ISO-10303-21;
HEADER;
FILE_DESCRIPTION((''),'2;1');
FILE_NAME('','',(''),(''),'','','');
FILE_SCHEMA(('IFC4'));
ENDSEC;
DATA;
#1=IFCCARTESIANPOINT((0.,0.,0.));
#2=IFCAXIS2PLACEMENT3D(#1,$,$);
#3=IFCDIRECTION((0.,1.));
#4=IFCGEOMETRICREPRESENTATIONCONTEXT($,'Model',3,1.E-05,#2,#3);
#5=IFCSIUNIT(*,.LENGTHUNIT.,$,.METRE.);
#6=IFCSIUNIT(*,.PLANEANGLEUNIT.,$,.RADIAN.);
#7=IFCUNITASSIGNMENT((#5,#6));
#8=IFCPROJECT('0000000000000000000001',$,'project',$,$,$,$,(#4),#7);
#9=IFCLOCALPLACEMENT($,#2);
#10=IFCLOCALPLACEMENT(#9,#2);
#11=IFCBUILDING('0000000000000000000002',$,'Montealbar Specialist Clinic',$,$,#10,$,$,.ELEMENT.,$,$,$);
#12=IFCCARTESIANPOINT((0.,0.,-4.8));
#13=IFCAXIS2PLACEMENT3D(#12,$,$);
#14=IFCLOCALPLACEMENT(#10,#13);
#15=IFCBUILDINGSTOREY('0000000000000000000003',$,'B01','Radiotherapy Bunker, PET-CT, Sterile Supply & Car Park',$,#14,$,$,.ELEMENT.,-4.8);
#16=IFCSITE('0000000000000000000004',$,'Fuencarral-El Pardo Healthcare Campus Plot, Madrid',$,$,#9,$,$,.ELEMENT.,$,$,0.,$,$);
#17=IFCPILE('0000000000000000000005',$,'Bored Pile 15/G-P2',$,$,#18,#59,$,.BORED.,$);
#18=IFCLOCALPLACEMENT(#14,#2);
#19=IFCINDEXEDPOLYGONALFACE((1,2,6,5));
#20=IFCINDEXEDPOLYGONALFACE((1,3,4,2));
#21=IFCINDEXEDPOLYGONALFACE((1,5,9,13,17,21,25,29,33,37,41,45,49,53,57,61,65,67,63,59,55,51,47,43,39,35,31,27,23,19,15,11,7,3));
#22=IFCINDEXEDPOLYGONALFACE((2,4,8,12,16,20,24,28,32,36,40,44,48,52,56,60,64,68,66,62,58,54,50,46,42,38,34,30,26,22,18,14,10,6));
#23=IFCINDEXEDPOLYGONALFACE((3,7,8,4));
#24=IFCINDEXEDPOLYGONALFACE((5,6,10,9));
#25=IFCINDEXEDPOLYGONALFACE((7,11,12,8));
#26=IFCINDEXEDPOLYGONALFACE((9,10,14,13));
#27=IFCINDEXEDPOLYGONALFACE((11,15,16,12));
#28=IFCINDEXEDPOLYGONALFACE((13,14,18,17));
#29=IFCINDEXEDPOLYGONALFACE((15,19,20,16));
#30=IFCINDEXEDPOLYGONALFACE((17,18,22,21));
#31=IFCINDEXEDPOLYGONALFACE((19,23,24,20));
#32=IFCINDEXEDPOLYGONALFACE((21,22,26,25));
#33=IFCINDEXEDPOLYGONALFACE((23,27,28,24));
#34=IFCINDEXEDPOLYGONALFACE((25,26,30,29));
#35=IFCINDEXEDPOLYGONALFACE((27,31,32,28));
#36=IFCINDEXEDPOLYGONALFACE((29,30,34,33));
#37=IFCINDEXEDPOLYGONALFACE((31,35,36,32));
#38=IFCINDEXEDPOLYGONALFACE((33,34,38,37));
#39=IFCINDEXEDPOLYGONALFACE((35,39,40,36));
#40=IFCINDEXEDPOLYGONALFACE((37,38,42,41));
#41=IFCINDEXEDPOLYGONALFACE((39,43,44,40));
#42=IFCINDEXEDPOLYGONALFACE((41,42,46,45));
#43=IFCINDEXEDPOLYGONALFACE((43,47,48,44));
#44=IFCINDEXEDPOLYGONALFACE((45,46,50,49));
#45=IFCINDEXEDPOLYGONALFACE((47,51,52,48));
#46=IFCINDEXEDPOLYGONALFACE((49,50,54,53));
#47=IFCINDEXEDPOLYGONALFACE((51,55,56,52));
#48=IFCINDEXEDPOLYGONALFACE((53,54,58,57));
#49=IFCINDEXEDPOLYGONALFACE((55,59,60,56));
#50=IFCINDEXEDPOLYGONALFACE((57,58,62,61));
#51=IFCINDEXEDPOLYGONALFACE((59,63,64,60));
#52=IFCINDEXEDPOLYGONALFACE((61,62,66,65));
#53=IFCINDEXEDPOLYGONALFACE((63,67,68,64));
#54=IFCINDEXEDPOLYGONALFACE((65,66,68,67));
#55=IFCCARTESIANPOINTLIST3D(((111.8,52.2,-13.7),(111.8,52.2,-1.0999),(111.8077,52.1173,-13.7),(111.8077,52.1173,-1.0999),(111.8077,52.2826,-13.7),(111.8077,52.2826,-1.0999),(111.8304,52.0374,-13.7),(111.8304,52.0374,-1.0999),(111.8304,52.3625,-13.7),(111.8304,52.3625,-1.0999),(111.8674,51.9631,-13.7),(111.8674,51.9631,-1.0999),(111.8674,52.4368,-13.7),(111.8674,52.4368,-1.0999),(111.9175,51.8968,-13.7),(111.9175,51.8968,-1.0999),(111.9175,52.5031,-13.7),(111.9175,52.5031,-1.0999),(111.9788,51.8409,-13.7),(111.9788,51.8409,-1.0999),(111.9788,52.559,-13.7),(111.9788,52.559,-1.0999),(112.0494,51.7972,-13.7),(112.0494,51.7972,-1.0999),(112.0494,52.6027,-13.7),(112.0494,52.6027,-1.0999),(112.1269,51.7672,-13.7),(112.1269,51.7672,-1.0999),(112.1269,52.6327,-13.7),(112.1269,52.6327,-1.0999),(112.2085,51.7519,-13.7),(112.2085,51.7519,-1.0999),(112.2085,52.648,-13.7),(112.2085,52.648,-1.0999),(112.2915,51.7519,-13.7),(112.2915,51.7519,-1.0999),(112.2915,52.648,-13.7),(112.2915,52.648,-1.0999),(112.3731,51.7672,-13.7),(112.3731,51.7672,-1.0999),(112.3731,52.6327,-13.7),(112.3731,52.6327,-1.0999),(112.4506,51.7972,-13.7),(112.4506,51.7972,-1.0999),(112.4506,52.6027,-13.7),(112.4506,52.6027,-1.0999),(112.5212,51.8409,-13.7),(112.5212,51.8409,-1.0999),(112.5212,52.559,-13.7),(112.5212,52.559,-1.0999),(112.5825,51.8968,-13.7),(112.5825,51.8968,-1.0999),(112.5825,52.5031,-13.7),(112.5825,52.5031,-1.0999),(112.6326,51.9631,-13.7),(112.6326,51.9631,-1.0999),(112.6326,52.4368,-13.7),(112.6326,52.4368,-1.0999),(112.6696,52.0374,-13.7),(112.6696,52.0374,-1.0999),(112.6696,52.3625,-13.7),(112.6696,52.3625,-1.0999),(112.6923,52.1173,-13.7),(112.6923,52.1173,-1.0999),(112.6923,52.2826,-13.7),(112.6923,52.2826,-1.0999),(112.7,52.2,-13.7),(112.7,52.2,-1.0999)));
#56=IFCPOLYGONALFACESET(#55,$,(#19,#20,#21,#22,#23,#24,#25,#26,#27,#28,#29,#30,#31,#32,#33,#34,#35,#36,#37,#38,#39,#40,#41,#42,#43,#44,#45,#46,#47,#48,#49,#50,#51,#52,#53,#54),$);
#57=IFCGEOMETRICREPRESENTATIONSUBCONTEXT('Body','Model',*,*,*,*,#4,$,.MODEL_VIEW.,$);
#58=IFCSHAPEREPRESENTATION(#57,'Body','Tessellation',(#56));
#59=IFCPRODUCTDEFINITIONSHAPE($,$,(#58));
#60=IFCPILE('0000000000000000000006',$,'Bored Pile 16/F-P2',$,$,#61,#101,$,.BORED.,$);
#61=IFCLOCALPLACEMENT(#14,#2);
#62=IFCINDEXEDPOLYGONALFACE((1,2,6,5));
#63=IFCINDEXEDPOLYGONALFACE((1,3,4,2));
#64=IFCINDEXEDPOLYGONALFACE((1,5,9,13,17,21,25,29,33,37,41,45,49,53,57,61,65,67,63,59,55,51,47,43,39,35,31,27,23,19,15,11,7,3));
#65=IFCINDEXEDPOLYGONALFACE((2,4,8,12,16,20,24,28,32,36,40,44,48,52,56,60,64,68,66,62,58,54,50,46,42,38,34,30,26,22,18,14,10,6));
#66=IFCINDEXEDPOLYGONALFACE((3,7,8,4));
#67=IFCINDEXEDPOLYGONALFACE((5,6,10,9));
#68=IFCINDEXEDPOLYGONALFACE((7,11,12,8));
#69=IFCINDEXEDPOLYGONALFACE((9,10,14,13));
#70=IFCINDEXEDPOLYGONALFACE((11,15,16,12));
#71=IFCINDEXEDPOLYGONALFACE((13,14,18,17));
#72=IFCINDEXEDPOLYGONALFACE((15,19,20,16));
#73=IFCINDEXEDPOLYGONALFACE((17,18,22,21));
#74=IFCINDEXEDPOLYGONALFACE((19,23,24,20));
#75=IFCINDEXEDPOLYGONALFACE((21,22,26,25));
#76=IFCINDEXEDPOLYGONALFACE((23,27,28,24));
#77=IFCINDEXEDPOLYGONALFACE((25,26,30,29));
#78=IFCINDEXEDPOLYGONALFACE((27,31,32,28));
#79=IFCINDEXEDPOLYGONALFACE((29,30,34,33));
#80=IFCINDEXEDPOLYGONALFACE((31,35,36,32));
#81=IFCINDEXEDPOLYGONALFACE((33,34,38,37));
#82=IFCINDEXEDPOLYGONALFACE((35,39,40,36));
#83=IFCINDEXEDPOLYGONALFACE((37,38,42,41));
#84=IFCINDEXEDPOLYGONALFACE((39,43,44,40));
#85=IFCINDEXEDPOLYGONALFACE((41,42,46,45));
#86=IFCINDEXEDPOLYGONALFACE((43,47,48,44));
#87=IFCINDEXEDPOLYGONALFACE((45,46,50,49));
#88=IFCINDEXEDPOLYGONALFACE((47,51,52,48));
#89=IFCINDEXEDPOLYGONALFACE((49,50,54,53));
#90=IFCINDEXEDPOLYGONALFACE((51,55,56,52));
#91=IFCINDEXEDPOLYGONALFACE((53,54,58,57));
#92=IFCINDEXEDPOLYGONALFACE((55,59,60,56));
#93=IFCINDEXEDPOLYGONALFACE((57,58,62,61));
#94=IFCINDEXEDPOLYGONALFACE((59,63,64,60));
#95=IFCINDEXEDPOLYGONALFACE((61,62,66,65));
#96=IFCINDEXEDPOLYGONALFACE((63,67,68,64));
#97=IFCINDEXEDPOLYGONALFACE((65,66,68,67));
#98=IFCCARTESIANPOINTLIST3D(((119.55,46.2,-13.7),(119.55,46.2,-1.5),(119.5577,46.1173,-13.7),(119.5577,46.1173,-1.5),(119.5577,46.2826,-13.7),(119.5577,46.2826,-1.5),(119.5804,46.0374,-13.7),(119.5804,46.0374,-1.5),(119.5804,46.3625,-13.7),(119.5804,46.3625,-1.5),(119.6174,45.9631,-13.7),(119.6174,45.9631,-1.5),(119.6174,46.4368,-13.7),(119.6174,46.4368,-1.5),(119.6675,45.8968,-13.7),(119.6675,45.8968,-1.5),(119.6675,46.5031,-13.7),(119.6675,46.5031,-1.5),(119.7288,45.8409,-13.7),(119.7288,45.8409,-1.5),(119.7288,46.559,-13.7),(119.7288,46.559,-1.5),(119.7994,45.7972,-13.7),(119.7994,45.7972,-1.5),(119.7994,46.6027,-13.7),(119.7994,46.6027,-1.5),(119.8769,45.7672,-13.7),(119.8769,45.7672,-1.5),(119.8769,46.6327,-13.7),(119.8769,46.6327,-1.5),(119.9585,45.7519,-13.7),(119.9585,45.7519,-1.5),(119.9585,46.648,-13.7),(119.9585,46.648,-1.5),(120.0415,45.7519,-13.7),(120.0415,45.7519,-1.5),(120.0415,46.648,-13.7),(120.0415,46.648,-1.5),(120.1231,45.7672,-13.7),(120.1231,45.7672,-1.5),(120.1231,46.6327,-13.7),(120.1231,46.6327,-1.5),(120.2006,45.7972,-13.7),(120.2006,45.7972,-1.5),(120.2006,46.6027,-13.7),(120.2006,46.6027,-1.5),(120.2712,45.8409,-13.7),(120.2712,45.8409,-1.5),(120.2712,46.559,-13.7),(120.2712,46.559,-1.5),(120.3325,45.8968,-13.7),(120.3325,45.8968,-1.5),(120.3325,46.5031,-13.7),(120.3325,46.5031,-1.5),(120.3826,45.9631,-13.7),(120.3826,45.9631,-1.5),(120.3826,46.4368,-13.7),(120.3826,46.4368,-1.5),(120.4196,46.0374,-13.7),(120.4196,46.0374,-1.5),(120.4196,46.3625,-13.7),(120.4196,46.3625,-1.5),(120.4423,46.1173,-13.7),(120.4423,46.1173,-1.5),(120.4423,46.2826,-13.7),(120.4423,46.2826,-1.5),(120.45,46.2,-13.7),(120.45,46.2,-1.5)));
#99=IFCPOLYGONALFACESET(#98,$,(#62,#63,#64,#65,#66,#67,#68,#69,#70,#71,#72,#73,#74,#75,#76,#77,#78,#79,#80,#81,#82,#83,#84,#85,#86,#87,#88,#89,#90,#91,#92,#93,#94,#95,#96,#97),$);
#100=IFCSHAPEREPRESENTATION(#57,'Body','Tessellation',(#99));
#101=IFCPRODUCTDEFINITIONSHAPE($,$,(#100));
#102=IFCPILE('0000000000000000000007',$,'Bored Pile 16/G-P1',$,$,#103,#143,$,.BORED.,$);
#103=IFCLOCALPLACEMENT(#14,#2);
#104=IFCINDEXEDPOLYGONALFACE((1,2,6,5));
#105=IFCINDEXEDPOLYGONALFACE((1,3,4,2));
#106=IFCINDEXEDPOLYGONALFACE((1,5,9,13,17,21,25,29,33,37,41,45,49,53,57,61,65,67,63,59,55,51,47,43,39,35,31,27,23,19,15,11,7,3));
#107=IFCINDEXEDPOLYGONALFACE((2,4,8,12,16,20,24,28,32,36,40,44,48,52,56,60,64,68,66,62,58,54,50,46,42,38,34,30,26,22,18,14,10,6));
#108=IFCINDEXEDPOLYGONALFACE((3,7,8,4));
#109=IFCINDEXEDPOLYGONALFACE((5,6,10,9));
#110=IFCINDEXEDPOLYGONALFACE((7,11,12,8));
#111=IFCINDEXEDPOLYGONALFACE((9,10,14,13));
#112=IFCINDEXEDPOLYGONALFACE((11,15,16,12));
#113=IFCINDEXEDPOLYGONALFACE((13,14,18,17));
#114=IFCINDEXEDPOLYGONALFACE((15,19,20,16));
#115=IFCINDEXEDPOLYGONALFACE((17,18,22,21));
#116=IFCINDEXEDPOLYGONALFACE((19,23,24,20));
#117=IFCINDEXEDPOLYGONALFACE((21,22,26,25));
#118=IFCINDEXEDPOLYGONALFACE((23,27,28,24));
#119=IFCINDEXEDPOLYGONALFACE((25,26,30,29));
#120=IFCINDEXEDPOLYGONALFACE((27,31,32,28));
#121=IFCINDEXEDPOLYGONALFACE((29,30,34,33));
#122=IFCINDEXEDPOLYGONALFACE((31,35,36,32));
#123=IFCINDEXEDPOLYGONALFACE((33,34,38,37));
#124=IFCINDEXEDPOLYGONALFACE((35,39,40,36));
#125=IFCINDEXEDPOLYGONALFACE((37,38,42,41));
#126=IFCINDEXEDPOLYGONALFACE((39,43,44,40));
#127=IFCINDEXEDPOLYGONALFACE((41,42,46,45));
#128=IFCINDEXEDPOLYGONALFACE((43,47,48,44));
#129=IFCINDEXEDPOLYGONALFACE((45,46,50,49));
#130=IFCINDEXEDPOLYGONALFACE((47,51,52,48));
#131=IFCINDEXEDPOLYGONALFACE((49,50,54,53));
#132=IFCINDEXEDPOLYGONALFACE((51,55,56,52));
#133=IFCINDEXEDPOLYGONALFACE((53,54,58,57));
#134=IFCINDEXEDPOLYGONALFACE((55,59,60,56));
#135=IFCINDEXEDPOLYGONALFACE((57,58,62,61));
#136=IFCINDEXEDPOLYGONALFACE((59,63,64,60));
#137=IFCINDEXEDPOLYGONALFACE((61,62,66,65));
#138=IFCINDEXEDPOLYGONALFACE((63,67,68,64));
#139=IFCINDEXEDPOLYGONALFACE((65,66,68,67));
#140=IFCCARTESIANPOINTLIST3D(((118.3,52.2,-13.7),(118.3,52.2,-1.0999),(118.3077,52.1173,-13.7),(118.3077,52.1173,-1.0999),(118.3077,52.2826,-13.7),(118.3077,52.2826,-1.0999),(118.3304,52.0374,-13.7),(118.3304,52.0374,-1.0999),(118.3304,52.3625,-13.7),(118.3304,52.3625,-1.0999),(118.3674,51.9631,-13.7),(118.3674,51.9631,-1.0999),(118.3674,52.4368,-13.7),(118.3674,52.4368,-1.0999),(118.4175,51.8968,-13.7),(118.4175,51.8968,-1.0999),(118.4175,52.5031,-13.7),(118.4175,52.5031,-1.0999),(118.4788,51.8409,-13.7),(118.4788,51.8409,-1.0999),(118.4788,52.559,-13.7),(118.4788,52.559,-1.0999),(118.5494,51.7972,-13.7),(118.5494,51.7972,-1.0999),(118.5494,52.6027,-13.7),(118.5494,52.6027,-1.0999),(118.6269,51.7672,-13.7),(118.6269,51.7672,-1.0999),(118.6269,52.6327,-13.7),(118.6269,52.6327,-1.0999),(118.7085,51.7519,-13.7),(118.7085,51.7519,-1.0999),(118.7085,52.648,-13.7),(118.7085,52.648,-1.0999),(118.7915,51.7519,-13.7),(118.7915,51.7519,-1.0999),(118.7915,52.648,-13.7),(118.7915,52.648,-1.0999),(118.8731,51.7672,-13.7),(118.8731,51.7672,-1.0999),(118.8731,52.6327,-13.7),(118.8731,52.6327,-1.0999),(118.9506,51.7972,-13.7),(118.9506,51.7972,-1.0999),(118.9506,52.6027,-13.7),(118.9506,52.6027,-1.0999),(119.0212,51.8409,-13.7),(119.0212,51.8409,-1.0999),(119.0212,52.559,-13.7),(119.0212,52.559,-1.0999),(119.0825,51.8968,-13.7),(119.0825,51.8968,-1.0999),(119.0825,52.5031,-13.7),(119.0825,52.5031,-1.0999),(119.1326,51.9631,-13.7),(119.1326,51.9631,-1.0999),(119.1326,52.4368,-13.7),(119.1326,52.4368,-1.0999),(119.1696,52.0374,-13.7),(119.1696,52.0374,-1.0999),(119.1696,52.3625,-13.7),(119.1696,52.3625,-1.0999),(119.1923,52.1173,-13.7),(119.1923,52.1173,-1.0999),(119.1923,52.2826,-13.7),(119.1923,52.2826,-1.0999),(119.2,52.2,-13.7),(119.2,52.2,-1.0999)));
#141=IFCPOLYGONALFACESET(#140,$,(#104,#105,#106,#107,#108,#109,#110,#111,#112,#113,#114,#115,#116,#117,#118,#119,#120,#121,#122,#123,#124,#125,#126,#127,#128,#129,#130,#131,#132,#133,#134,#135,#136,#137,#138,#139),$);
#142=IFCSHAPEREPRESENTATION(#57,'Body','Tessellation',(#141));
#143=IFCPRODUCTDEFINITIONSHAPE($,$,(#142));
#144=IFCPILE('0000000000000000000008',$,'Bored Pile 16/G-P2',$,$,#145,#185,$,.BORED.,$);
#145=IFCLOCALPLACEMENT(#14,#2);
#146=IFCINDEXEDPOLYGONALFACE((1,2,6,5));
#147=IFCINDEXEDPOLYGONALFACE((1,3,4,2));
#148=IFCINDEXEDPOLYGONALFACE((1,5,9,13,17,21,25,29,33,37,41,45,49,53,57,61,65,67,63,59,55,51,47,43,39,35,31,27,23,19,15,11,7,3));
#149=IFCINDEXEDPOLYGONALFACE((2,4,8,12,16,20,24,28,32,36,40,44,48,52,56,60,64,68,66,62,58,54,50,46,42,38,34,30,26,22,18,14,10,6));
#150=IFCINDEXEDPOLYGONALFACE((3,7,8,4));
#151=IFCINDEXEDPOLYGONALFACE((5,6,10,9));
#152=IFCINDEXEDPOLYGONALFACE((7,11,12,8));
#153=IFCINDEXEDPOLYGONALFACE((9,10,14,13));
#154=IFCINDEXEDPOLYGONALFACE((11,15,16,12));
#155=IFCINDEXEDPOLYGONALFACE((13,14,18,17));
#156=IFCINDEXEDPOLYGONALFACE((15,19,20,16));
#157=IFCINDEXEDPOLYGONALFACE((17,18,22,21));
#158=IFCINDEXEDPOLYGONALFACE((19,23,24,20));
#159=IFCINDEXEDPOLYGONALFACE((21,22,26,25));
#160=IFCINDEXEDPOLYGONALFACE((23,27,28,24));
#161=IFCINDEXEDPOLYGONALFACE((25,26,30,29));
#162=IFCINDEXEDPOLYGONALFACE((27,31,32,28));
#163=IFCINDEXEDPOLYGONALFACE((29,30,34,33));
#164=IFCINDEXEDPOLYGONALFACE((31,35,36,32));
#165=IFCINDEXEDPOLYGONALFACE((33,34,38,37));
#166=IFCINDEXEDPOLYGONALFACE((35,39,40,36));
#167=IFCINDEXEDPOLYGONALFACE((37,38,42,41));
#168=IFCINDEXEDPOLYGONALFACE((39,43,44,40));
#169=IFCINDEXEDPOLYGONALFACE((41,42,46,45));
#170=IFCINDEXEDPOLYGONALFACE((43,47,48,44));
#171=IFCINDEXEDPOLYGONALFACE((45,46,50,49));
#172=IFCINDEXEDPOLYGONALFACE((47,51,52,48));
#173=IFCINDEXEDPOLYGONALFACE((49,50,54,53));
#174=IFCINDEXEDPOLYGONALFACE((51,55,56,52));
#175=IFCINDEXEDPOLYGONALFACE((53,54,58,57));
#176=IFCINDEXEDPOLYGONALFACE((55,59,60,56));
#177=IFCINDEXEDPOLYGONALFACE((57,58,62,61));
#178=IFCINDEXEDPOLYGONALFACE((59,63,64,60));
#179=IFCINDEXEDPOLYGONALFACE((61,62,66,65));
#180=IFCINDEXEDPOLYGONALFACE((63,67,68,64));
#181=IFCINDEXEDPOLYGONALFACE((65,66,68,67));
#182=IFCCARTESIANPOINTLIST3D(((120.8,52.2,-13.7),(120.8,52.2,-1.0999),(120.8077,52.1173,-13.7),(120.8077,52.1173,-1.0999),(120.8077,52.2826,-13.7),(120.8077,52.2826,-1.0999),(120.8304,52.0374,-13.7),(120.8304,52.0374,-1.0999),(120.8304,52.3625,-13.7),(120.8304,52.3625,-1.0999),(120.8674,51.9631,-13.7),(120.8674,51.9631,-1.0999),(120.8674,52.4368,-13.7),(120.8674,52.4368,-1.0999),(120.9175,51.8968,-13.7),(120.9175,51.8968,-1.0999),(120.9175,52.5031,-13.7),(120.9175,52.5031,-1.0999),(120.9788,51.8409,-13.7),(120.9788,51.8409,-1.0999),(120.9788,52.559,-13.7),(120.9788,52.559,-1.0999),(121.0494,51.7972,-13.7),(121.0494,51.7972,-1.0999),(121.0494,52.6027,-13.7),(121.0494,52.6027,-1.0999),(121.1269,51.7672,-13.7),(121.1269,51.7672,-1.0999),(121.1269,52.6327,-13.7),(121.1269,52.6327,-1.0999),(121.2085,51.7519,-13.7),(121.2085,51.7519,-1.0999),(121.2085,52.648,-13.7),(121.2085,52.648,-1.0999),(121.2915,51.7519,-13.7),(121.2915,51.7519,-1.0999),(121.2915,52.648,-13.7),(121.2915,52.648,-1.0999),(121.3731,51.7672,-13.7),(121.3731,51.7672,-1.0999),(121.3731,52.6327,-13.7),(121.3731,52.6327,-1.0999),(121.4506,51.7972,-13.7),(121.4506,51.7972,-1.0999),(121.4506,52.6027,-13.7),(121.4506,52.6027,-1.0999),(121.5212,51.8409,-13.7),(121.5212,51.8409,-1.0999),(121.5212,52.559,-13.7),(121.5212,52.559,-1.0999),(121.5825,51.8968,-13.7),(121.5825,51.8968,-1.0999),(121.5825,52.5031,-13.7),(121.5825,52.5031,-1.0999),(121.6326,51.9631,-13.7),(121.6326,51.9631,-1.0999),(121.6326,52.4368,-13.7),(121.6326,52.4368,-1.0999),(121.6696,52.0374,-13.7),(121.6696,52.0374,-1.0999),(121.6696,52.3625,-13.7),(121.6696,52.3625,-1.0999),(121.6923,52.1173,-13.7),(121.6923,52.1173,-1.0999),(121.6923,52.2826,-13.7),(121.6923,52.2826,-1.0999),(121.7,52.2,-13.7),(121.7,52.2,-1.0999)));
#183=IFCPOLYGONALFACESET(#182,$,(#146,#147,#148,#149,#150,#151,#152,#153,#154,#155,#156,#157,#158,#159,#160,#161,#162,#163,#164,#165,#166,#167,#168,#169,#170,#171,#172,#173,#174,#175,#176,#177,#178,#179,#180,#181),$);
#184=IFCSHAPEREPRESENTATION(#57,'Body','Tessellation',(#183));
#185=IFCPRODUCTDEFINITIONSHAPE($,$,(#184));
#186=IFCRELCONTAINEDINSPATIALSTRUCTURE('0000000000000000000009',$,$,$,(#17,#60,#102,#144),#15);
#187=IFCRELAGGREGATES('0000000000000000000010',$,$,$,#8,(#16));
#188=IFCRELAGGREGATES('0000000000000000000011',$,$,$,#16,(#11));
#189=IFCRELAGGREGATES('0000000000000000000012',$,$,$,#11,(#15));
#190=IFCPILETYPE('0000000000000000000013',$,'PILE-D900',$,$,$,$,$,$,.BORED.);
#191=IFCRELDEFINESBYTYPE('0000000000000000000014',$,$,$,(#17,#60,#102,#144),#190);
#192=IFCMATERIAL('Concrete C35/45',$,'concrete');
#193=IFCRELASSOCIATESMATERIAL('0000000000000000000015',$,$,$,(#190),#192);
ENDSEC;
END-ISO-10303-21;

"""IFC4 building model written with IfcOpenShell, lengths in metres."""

from ifc_helpers import new_model, si_unit, direction, frame, origin, origin_2d, place, context, subcontext, project, spatial, circle, extrude, material, material_profile, profile_set, type_object, element, save


model = new_model("IFC4")

# Units and contexts
model_context = context("Model", 3, precision=1e-05, world=origin(), true_north=direction((0.0, 1.0)))
body_context = subcontext(model_context, "Body", "Model", "MODEL_VIEW")
ifc_project = project(units=[si_unit("LENGTHUNIT", "METRE"), si_unit("PLANEANGLEUNIT", "RADIAN")], contexts=[model_context])

# Site, building, storey
site_placement = place(None, origin())
site = spatial("IfcSite", under=ifc_project, at=site_placement, Name="Fuencarral-El Pardo Healthcare Campus Plot, Madrid", CompositionType="ELEMENT", RefElevation=0.0)
building_placement = place(site_placement, origin())
building = spatial("IfcBuilding", under=site, at=building_placement, Name="Montealbar Specialist Clinic", CompositionType="ELEMENT")
storey_placement = place(building_placement, frame((0.0, 0.0, -4.8)))
storey = spatial("IfcBuildingStorey", under=building, at=storey_placement, Name="B01", Description="Radiotherapy Bunker, PET-CT, Sterile Supply & Car Park", CompositionType="ELEMENT", Elevation=-4.8)

# Shared definitions
ifc_material_1 = material(Name="Concrete C35/45", Category="concrete")

# Piles
ifc_material_profile_1 = material_profile(ifc_material_1, circle(Radius=0.45, at=origin_2d()), Name="PILE D900", Category="concrete")
ifc_profile_set_1 = profile_set([ifc_material_profile_1], Name="Concrete C35/45")
pile_type_1 = type_object("IfcPileType", Name="PILE-D900", PredefinedType="BORED", material=ifc_profile_set_1)
for number, where, z_axis, x_axis, name in (
    (1, (112.25, 52.2, -1.0999), (0.0, 0.0, -1.0), (1.0, 0.0, 0.0), "Bored Pile 15/G-P2"),
):
    element("IfcPile", number, at=place(storey_placement, frame(where, z_axis=z_axis, x_axis=x_axis)), inside=storey, type_object=pile_type_1, Name=name, PredefinedType="BORED", context=body_context, shape_type="SweptSolid", body=[
        extrude(circle(Radius=0.45, at=origin_2d()), origin(), (0.0, 0.0, 1.0), 12.6001),
    ])
pile_1_placement = place(storey_placement, frame((120.0, 46.2, -1.5), z_axis=(0.0, 0.0, -1.0), x_axis=(1.0, 0.0, 0.0)))
element("IfcPile", 2, at=pile_1_placement, inside=storey, type_object=pile_type_1, Name="Bored Pile 16/F-P2", PredefinedType="BORED", context=body_context, shape_type="SweptSolid", body=[
    extrude(circle(Radius=0.45, at=origin_2d()), origin(), (0.0, 0.0, 1.0), 12.2),
])
for number, where, z_axis, x_axis, name in (
    (3, (118.75, 52.2, -1.0999), (0.0, 0.0, -1.0), (1.0, 0.0, 0.0), "Bored Pile 16/G-P1"),
    (4, (121.25, 52.2, -1.0999), (0.0, 0.0, -1.0), (1.0, 0.0, 0.0), "Bored Pile 16/G-P2"),
):
    element("IfcPile", number, at=place(storey_placement, frame(where, z_axis=z_axis, x_axis=x_axis)), inside=storey, type_object=pile_type_1, Name=name, PredefinedType="BORED", context=body_context, shape_type="SweptSolid", body=[
        extrude(circle(Radius=0.45, at=origin_2d()), origin(), (0.0, 0.0, 1.0), 12.6001),
    ])

save(model, "model.ifc")
